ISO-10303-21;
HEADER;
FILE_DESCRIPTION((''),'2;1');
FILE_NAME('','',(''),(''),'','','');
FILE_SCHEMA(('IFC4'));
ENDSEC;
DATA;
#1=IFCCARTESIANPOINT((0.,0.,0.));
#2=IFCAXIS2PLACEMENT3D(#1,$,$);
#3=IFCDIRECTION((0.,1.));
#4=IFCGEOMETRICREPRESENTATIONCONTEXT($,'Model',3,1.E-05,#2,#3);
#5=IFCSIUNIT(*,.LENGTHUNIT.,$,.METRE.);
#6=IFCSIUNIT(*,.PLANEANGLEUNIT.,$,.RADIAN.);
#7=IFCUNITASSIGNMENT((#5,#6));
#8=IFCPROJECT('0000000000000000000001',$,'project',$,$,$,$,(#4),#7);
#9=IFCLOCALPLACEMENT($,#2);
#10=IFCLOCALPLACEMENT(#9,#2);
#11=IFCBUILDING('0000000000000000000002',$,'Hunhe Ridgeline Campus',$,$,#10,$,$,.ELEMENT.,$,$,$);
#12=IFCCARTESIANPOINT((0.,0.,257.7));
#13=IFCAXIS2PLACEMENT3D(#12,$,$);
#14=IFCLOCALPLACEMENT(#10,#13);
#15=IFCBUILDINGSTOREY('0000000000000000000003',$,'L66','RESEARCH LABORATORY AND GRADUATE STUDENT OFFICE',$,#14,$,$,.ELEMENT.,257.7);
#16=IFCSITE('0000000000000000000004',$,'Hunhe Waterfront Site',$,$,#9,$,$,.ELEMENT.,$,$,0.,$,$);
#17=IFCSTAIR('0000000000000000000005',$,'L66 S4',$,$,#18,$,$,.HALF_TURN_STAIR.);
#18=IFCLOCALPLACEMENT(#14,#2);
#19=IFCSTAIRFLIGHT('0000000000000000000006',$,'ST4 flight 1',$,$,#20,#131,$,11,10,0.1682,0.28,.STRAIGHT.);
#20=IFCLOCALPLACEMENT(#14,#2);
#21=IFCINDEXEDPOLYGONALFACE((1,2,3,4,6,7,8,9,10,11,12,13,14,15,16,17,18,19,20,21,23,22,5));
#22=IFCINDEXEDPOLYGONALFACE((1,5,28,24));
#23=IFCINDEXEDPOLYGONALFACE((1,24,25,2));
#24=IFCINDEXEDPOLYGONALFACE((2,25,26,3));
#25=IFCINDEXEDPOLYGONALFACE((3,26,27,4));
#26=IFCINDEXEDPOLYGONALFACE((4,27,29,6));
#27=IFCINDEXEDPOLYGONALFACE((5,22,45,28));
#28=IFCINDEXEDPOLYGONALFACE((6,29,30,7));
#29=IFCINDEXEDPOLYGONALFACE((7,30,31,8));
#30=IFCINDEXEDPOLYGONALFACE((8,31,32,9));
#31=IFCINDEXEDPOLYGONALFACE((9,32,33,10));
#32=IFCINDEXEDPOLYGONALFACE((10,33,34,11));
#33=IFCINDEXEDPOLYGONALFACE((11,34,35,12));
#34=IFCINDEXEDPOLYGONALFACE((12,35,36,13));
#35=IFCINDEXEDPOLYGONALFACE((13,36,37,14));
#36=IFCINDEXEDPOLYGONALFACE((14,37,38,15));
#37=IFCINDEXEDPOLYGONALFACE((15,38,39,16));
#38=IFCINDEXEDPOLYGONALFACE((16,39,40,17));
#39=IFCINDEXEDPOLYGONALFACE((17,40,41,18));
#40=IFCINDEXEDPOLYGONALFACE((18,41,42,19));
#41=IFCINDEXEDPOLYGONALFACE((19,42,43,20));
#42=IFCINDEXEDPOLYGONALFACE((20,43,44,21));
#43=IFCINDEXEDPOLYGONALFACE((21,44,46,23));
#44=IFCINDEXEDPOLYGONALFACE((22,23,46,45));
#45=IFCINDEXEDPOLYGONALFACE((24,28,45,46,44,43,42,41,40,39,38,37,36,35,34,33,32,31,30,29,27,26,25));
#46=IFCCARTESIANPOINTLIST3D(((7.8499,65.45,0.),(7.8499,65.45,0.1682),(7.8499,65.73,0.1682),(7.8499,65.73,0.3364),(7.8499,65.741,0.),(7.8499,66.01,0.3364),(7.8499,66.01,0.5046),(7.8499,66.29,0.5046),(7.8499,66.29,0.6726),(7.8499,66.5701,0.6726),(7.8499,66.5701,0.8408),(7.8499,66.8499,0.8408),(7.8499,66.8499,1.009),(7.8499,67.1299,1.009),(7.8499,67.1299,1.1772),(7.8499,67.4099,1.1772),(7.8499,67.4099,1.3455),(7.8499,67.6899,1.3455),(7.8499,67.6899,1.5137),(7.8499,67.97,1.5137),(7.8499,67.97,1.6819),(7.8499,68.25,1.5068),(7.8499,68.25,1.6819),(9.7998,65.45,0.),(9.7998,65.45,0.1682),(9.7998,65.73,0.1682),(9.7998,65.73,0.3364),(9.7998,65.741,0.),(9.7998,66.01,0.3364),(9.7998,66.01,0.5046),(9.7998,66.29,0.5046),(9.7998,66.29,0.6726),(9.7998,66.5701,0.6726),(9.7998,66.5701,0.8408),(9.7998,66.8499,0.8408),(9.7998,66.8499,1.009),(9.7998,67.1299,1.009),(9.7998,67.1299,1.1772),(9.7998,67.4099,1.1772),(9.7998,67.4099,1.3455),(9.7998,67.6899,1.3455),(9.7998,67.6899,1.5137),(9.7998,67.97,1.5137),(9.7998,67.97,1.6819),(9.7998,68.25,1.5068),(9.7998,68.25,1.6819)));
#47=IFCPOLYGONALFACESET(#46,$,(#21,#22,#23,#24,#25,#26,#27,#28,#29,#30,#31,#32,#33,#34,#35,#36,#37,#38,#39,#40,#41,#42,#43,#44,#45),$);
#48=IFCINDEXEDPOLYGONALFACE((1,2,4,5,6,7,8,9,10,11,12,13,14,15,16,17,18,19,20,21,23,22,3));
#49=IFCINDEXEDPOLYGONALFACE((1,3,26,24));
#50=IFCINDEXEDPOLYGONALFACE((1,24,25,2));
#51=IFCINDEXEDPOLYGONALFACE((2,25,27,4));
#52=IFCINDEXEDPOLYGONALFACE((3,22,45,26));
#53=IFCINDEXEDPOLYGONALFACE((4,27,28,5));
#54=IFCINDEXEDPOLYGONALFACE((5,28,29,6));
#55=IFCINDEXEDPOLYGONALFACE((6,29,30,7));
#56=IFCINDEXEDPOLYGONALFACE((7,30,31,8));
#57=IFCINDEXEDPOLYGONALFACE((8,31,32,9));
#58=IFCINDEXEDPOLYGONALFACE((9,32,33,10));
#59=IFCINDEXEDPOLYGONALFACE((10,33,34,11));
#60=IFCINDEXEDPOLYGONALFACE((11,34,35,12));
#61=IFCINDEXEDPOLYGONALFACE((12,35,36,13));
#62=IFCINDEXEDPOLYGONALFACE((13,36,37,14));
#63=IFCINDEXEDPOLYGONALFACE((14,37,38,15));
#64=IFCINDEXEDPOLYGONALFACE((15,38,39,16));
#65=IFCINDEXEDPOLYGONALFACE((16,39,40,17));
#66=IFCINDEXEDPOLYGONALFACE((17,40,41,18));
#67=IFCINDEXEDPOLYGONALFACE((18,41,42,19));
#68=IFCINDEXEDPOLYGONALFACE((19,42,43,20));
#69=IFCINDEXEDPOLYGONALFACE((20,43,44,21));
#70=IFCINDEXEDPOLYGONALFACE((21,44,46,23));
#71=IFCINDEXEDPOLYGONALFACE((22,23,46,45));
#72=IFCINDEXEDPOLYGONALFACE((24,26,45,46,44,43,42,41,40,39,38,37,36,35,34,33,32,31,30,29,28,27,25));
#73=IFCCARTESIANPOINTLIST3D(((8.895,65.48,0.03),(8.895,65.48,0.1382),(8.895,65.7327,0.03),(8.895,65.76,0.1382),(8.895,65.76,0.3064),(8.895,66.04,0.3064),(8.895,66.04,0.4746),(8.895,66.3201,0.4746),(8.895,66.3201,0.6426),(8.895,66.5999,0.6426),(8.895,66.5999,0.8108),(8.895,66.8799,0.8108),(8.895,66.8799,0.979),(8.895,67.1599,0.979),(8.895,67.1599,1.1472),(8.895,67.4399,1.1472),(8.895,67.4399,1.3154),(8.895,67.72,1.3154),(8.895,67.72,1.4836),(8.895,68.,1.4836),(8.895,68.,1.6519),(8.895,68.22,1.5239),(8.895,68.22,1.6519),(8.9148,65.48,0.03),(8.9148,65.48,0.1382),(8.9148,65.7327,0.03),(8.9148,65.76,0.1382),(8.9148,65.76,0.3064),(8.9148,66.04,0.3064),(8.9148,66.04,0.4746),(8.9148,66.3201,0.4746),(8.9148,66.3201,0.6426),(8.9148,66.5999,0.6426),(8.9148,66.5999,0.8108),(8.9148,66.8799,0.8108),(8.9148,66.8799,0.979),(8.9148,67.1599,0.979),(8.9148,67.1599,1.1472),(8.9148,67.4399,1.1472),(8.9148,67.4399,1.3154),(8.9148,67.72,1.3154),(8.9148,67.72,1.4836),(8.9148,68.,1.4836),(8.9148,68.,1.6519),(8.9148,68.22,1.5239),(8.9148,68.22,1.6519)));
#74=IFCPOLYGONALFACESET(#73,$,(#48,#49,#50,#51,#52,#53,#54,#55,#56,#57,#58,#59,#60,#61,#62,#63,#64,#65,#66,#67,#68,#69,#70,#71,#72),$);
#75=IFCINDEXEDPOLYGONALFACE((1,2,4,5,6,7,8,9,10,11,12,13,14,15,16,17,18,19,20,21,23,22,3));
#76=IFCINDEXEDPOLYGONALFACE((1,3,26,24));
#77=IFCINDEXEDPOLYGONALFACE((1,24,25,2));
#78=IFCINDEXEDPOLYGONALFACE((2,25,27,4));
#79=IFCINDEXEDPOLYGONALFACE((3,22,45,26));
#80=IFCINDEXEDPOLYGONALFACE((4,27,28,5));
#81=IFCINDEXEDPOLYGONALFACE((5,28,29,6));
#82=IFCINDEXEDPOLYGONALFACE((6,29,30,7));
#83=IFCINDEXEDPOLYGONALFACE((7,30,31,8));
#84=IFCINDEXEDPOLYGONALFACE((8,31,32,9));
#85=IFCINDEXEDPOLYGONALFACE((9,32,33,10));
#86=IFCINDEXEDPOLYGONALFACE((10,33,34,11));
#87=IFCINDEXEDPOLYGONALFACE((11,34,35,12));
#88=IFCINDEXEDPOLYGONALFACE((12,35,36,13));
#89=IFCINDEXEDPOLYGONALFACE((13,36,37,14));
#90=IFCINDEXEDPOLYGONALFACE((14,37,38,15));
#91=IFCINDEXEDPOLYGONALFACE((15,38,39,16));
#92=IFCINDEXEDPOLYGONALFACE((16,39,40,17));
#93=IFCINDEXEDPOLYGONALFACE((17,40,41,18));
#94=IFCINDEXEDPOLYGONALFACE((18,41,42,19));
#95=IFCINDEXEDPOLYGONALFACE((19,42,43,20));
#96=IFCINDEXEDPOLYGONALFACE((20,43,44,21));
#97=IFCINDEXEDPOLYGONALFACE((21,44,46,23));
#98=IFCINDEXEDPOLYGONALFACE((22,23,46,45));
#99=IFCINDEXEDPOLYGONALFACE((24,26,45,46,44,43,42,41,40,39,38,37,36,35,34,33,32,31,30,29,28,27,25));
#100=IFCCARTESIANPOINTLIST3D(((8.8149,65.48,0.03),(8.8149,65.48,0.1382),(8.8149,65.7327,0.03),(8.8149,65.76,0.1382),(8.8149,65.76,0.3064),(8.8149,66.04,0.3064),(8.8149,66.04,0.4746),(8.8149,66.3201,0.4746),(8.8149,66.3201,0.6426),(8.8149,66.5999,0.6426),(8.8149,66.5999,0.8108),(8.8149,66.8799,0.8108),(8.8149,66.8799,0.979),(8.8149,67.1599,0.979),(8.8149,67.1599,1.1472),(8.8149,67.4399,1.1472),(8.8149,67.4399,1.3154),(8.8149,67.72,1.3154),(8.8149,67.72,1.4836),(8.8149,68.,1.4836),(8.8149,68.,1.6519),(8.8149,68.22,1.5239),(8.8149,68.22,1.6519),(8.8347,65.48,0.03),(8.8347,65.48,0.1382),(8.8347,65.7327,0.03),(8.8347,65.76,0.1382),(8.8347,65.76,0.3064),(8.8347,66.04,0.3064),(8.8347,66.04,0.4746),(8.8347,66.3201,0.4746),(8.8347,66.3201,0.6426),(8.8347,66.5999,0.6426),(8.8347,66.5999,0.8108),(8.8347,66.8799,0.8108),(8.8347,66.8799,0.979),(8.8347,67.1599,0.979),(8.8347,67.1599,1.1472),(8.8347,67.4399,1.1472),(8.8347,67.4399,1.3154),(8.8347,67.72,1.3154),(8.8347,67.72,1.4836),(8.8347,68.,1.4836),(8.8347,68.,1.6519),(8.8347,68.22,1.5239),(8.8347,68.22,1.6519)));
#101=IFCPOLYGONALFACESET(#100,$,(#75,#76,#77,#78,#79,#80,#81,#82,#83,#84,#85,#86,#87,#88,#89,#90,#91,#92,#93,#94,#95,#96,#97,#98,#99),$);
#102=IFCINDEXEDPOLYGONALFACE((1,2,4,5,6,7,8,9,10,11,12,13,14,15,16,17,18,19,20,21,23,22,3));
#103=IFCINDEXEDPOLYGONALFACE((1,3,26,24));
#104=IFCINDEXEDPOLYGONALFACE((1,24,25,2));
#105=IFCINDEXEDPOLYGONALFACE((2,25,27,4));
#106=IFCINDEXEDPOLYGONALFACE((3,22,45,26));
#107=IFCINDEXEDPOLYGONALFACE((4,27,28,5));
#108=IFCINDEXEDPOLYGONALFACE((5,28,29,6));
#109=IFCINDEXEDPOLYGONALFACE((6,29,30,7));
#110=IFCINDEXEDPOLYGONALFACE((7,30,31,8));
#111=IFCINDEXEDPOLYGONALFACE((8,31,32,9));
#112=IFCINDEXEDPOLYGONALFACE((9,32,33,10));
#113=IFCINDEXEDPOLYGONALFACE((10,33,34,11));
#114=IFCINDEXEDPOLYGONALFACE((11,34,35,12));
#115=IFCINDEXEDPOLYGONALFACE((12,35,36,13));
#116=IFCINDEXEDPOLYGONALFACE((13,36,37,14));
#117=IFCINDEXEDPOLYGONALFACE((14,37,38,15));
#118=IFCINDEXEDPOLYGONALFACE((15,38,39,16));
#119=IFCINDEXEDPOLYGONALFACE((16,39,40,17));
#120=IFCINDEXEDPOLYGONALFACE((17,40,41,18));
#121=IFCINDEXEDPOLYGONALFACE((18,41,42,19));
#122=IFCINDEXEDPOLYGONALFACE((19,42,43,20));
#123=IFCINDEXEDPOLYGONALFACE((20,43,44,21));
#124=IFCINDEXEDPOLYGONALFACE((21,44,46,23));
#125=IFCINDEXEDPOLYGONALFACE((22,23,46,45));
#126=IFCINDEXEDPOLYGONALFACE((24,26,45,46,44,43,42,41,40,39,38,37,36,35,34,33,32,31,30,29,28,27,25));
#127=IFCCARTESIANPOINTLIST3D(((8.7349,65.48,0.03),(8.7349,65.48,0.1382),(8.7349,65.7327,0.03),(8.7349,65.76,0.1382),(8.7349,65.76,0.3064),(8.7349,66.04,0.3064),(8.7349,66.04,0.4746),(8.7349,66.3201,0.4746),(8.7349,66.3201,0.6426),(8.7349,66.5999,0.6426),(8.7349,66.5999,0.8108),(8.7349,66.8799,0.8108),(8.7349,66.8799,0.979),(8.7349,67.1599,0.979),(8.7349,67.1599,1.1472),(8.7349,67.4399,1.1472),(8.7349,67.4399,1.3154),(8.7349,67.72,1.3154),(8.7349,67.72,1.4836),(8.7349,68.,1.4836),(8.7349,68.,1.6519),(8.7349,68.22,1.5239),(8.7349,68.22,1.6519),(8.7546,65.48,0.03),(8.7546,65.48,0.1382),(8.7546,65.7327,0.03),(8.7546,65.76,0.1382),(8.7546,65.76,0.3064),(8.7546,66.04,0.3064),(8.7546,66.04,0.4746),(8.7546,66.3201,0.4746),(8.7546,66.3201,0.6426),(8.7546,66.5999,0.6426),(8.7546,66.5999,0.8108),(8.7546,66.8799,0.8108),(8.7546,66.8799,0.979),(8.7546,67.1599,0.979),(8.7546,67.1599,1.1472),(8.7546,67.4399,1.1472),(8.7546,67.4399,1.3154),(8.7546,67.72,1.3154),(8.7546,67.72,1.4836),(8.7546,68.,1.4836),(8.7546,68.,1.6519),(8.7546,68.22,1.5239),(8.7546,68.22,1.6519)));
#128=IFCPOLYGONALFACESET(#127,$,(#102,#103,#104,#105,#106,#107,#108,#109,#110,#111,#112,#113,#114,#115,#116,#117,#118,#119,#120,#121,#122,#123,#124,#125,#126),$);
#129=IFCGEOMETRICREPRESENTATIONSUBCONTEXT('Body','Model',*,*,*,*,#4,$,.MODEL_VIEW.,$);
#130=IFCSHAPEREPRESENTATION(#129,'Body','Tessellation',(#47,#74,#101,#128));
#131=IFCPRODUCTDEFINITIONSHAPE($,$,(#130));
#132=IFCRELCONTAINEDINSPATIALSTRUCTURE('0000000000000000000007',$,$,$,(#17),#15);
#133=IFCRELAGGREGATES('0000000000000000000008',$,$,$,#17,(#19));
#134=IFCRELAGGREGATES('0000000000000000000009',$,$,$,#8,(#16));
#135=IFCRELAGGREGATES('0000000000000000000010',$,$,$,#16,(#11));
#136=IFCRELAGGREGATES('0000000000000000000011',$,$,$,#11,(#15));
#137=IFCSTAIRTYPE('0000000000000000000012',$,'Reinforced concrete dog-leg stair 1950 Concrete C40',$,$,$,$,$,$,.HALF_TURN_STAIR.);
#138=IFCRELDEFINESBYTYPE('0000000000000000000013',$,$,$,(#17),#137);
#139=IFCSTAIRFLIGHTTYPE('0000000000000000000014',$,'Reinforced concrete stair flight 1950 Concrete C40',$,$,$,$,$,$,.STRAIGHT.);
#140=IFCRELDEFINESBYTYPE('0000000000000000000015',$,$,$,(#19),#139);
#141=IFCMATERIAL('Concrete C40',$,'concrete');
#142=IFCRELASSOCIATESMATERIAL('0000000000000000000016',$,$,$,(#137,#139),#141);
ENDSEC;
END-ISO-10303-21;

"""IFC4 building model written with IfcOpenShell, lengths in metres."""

from ifc_helpers import new_model, si_unit, direction, frame, origin, place, context, subcontext, project, spatial, polyline, outline, extrude, material, type_object, element, aggregate, save


model = new_model("IFC4")

# Units and contexts
model_context = context("Model", 3, precision=1e-05, world=origin(), true_north=direction((0.0, 1.0)))
body_context = subcontext(model_context, "Body", "Model", "MODEL_VIEW")
ifc_project = project(units=[si_unit("LENGTHUNIT", "METRE"), si_unit("PLANEANGLEUNIT", "RADIAN")], contexts=[model_context])

# Site, building, storey
site_placement = place(None, origin())
site = spatial("IfcSite", under=ifc_project, at=site_placement, Name="Hunhe Waterfront Site", CompositionType="ELEMENT", RefElevation=0.0)
building_placement = place(site_placement, origin())
building = spatial("IfcBuilding", under=site, at=building_placement, Name="Hunhe Ridgeline Campus", CompositionType="ELEMENT")
storey_placement = place(building_placement, frame((0.0, 0.0, 257.7)))
storey = spatial("IfcBuildingStorey", under=building, at=storey_placement, Name="L66", Description="RESEARCH LABORATORY AND GRADUATE STUDENT OFFICE", CompositionType="ELEMENT", Elevation=257.7)

# Shared definitions
ifc_material_1 = material(Name="Concrete C40", Category="concrete")
stair_type = type_object("IfcStairType", Name="Reinforced concrete dog-leg stair 1950 Concrete C40", PredefinedType="HALF_TURN_STAIR", material=ifc_material_1)
stair_flight_type = type_object("IfcStairFlightType", Name="Reinforced concrete stair flight 1950 Concrete C40", PredefinedType="STRAIGHT", material=ifc_material_1)

# Stair, stair flight
stair_1_placement = place(storey_placement, origin())
stair_1 = element("IfcStair", 1, at=stair_1_placement, inside=storey, type_object=stair_type, Name="L66 S4", PredefinedType="HALF_TURN_STAIR")
stair_flight_1_placement = place(storey_placement, frame((8.825, 65.45, 0.0), z_axis=(0.0, 0.0, 1.0), x_axis=(0.0, 1.0, 0.0)))
stair_flight_1 = element("IfcStairFlight", 2, at=stair_flight_1_placement, type_object=stair_flight_type, Name="ST4 flight 1", NumberOfRisers=11, NumberOfTreads=10, PredefinedType="STRAIGHT", RiserHeight=0.1682, TreadLength=0.28, context=body_context, shape_type="SweptSolid", body=[
    extrude(outline(polyline([(0.0, 0.0), (0.0, 0.1682), (0.28, 0.1682), (0.28, 0.3364), (0.5601, 0.3364), (0.5601, 0.5046), (0.8401, 0.5046), (0.8401, 0.6726), (1.1201, 0.6726), (1.1201, 0.8408), (1.3999, 0.8408), (1.3999, 1.009), (1.6799, 1.009), (1.6799, 1.1772), (1.96, 1.1772), (1.96, 1.3455), (2.24, 1.3455), (2.24, 1.5137), (2.52, 1.5137), (2.52, 1.6819), (2.8, 1.6819), (2.8, 1.8501), (2.8, 1.5068), (0.291, 0.0), (0.0, 0.0)])), frame((0.0, 0.9751, 0.0), z_axis=(0.0, -1.0, 0.0), x_axis=(1.0, 0.0, 0.0)), (0.0, 0.0, 1.0), 1.95),
    extrude(outline(polyline([(0.03, 0.03), (0.03, 0.1382), (0.3101, 0.1382), (0.3101, 0.3064), (0.5901, 0.3064), (0.5901, 0.4746), (0.8701, 0.4746), (0.8701, 0.6426), (1.1499, 0.6426), (1.1499, 0.8108), (1.4299, 0.8108), (1.4299, 0.979), (1.71, 0.979), (1.71, 1.1472), (1.99, 1.1472), (1.99, 1.3154), (2.27, 1.3154), (2.27, 1.4836), (2.55, 1.4836), (2.55, 1.6519), (2.77, 1.6519), (2.77, 1.5239), (0.2827, 0.03), (0.03, 0.03)])), frame((0.0, -0.0701, 0.0), z_axis=(0.0, -1.0, 0.0), x_axis=(1.0, 0.0, 0.0)), (0.0, 0.0, 1.0), 0.0198),
    extrude(outline(polyline([(0.03, 0.03), (0.03, 0.1382), (0.3101, 0.1382), (0.3101, 0.3064), (0.5901, 0.3064), (0.5901, 0.4746), (0.8701, 0.4746), (0.8701, 0.6426), (1.1499, 0.6426), (1.1499, 0.8108), (1.4299, 0.8108), (1.4299, 0.979), (1.71, 0.979), (1.71, 1.1472), (1.99, 1.1472), (1.99, 1.3154), (2.27, 1.3154), (2.27, 1.4836), (2.55, 1.4836), (2.55, 1.6519), (2.77, 1.6519), (2.77, 1.5239), (0.2827, 0.03), (0.03, 0.03)])), frame((0.0, 0.01, 0.0), z_axis=(0.0, -1.0, 0.0), x_axis=(1.0, 0.0, 0.0)), (0.0, 0.0, 1.0), 0.0198),
    extrude(outline(polyline([(0.03, 0.03), (0.03, 0.1382), (0.3101, 0.1382), (0.3101, 0.3064), (0.5901, 0.3064), (0.5901, 0.4746), (0.8701, 0.4746), (0.8701, 0.6426), (1.1499, 0.6426), (1.1499, 0.8108), (1.4299, 0.8108), (1.4299, 0.979), (1.71, 0.979), (1.71, 1.1472), (1.99, 1.1472), (1.99, 1.3154), (2.27, 1.3154), (2.27, 1.4836), (2.55, 1.4836), (2.55, 1.6519), (2.77, 1.6519), (2.77, 1.5239), (0.2827, 0.03), (0.03, 0.03)])), frame((0.0, 0.0901, 0.0), z_axis=(0.0, -1.0, 0.0), x_axis=(1.0, 0.0, 0.0)), (0.0, 0.0, 1.0), 0.0198),
])
aggregate(stair_1, [stair_flight_1])

save(model, "model.ifc")
